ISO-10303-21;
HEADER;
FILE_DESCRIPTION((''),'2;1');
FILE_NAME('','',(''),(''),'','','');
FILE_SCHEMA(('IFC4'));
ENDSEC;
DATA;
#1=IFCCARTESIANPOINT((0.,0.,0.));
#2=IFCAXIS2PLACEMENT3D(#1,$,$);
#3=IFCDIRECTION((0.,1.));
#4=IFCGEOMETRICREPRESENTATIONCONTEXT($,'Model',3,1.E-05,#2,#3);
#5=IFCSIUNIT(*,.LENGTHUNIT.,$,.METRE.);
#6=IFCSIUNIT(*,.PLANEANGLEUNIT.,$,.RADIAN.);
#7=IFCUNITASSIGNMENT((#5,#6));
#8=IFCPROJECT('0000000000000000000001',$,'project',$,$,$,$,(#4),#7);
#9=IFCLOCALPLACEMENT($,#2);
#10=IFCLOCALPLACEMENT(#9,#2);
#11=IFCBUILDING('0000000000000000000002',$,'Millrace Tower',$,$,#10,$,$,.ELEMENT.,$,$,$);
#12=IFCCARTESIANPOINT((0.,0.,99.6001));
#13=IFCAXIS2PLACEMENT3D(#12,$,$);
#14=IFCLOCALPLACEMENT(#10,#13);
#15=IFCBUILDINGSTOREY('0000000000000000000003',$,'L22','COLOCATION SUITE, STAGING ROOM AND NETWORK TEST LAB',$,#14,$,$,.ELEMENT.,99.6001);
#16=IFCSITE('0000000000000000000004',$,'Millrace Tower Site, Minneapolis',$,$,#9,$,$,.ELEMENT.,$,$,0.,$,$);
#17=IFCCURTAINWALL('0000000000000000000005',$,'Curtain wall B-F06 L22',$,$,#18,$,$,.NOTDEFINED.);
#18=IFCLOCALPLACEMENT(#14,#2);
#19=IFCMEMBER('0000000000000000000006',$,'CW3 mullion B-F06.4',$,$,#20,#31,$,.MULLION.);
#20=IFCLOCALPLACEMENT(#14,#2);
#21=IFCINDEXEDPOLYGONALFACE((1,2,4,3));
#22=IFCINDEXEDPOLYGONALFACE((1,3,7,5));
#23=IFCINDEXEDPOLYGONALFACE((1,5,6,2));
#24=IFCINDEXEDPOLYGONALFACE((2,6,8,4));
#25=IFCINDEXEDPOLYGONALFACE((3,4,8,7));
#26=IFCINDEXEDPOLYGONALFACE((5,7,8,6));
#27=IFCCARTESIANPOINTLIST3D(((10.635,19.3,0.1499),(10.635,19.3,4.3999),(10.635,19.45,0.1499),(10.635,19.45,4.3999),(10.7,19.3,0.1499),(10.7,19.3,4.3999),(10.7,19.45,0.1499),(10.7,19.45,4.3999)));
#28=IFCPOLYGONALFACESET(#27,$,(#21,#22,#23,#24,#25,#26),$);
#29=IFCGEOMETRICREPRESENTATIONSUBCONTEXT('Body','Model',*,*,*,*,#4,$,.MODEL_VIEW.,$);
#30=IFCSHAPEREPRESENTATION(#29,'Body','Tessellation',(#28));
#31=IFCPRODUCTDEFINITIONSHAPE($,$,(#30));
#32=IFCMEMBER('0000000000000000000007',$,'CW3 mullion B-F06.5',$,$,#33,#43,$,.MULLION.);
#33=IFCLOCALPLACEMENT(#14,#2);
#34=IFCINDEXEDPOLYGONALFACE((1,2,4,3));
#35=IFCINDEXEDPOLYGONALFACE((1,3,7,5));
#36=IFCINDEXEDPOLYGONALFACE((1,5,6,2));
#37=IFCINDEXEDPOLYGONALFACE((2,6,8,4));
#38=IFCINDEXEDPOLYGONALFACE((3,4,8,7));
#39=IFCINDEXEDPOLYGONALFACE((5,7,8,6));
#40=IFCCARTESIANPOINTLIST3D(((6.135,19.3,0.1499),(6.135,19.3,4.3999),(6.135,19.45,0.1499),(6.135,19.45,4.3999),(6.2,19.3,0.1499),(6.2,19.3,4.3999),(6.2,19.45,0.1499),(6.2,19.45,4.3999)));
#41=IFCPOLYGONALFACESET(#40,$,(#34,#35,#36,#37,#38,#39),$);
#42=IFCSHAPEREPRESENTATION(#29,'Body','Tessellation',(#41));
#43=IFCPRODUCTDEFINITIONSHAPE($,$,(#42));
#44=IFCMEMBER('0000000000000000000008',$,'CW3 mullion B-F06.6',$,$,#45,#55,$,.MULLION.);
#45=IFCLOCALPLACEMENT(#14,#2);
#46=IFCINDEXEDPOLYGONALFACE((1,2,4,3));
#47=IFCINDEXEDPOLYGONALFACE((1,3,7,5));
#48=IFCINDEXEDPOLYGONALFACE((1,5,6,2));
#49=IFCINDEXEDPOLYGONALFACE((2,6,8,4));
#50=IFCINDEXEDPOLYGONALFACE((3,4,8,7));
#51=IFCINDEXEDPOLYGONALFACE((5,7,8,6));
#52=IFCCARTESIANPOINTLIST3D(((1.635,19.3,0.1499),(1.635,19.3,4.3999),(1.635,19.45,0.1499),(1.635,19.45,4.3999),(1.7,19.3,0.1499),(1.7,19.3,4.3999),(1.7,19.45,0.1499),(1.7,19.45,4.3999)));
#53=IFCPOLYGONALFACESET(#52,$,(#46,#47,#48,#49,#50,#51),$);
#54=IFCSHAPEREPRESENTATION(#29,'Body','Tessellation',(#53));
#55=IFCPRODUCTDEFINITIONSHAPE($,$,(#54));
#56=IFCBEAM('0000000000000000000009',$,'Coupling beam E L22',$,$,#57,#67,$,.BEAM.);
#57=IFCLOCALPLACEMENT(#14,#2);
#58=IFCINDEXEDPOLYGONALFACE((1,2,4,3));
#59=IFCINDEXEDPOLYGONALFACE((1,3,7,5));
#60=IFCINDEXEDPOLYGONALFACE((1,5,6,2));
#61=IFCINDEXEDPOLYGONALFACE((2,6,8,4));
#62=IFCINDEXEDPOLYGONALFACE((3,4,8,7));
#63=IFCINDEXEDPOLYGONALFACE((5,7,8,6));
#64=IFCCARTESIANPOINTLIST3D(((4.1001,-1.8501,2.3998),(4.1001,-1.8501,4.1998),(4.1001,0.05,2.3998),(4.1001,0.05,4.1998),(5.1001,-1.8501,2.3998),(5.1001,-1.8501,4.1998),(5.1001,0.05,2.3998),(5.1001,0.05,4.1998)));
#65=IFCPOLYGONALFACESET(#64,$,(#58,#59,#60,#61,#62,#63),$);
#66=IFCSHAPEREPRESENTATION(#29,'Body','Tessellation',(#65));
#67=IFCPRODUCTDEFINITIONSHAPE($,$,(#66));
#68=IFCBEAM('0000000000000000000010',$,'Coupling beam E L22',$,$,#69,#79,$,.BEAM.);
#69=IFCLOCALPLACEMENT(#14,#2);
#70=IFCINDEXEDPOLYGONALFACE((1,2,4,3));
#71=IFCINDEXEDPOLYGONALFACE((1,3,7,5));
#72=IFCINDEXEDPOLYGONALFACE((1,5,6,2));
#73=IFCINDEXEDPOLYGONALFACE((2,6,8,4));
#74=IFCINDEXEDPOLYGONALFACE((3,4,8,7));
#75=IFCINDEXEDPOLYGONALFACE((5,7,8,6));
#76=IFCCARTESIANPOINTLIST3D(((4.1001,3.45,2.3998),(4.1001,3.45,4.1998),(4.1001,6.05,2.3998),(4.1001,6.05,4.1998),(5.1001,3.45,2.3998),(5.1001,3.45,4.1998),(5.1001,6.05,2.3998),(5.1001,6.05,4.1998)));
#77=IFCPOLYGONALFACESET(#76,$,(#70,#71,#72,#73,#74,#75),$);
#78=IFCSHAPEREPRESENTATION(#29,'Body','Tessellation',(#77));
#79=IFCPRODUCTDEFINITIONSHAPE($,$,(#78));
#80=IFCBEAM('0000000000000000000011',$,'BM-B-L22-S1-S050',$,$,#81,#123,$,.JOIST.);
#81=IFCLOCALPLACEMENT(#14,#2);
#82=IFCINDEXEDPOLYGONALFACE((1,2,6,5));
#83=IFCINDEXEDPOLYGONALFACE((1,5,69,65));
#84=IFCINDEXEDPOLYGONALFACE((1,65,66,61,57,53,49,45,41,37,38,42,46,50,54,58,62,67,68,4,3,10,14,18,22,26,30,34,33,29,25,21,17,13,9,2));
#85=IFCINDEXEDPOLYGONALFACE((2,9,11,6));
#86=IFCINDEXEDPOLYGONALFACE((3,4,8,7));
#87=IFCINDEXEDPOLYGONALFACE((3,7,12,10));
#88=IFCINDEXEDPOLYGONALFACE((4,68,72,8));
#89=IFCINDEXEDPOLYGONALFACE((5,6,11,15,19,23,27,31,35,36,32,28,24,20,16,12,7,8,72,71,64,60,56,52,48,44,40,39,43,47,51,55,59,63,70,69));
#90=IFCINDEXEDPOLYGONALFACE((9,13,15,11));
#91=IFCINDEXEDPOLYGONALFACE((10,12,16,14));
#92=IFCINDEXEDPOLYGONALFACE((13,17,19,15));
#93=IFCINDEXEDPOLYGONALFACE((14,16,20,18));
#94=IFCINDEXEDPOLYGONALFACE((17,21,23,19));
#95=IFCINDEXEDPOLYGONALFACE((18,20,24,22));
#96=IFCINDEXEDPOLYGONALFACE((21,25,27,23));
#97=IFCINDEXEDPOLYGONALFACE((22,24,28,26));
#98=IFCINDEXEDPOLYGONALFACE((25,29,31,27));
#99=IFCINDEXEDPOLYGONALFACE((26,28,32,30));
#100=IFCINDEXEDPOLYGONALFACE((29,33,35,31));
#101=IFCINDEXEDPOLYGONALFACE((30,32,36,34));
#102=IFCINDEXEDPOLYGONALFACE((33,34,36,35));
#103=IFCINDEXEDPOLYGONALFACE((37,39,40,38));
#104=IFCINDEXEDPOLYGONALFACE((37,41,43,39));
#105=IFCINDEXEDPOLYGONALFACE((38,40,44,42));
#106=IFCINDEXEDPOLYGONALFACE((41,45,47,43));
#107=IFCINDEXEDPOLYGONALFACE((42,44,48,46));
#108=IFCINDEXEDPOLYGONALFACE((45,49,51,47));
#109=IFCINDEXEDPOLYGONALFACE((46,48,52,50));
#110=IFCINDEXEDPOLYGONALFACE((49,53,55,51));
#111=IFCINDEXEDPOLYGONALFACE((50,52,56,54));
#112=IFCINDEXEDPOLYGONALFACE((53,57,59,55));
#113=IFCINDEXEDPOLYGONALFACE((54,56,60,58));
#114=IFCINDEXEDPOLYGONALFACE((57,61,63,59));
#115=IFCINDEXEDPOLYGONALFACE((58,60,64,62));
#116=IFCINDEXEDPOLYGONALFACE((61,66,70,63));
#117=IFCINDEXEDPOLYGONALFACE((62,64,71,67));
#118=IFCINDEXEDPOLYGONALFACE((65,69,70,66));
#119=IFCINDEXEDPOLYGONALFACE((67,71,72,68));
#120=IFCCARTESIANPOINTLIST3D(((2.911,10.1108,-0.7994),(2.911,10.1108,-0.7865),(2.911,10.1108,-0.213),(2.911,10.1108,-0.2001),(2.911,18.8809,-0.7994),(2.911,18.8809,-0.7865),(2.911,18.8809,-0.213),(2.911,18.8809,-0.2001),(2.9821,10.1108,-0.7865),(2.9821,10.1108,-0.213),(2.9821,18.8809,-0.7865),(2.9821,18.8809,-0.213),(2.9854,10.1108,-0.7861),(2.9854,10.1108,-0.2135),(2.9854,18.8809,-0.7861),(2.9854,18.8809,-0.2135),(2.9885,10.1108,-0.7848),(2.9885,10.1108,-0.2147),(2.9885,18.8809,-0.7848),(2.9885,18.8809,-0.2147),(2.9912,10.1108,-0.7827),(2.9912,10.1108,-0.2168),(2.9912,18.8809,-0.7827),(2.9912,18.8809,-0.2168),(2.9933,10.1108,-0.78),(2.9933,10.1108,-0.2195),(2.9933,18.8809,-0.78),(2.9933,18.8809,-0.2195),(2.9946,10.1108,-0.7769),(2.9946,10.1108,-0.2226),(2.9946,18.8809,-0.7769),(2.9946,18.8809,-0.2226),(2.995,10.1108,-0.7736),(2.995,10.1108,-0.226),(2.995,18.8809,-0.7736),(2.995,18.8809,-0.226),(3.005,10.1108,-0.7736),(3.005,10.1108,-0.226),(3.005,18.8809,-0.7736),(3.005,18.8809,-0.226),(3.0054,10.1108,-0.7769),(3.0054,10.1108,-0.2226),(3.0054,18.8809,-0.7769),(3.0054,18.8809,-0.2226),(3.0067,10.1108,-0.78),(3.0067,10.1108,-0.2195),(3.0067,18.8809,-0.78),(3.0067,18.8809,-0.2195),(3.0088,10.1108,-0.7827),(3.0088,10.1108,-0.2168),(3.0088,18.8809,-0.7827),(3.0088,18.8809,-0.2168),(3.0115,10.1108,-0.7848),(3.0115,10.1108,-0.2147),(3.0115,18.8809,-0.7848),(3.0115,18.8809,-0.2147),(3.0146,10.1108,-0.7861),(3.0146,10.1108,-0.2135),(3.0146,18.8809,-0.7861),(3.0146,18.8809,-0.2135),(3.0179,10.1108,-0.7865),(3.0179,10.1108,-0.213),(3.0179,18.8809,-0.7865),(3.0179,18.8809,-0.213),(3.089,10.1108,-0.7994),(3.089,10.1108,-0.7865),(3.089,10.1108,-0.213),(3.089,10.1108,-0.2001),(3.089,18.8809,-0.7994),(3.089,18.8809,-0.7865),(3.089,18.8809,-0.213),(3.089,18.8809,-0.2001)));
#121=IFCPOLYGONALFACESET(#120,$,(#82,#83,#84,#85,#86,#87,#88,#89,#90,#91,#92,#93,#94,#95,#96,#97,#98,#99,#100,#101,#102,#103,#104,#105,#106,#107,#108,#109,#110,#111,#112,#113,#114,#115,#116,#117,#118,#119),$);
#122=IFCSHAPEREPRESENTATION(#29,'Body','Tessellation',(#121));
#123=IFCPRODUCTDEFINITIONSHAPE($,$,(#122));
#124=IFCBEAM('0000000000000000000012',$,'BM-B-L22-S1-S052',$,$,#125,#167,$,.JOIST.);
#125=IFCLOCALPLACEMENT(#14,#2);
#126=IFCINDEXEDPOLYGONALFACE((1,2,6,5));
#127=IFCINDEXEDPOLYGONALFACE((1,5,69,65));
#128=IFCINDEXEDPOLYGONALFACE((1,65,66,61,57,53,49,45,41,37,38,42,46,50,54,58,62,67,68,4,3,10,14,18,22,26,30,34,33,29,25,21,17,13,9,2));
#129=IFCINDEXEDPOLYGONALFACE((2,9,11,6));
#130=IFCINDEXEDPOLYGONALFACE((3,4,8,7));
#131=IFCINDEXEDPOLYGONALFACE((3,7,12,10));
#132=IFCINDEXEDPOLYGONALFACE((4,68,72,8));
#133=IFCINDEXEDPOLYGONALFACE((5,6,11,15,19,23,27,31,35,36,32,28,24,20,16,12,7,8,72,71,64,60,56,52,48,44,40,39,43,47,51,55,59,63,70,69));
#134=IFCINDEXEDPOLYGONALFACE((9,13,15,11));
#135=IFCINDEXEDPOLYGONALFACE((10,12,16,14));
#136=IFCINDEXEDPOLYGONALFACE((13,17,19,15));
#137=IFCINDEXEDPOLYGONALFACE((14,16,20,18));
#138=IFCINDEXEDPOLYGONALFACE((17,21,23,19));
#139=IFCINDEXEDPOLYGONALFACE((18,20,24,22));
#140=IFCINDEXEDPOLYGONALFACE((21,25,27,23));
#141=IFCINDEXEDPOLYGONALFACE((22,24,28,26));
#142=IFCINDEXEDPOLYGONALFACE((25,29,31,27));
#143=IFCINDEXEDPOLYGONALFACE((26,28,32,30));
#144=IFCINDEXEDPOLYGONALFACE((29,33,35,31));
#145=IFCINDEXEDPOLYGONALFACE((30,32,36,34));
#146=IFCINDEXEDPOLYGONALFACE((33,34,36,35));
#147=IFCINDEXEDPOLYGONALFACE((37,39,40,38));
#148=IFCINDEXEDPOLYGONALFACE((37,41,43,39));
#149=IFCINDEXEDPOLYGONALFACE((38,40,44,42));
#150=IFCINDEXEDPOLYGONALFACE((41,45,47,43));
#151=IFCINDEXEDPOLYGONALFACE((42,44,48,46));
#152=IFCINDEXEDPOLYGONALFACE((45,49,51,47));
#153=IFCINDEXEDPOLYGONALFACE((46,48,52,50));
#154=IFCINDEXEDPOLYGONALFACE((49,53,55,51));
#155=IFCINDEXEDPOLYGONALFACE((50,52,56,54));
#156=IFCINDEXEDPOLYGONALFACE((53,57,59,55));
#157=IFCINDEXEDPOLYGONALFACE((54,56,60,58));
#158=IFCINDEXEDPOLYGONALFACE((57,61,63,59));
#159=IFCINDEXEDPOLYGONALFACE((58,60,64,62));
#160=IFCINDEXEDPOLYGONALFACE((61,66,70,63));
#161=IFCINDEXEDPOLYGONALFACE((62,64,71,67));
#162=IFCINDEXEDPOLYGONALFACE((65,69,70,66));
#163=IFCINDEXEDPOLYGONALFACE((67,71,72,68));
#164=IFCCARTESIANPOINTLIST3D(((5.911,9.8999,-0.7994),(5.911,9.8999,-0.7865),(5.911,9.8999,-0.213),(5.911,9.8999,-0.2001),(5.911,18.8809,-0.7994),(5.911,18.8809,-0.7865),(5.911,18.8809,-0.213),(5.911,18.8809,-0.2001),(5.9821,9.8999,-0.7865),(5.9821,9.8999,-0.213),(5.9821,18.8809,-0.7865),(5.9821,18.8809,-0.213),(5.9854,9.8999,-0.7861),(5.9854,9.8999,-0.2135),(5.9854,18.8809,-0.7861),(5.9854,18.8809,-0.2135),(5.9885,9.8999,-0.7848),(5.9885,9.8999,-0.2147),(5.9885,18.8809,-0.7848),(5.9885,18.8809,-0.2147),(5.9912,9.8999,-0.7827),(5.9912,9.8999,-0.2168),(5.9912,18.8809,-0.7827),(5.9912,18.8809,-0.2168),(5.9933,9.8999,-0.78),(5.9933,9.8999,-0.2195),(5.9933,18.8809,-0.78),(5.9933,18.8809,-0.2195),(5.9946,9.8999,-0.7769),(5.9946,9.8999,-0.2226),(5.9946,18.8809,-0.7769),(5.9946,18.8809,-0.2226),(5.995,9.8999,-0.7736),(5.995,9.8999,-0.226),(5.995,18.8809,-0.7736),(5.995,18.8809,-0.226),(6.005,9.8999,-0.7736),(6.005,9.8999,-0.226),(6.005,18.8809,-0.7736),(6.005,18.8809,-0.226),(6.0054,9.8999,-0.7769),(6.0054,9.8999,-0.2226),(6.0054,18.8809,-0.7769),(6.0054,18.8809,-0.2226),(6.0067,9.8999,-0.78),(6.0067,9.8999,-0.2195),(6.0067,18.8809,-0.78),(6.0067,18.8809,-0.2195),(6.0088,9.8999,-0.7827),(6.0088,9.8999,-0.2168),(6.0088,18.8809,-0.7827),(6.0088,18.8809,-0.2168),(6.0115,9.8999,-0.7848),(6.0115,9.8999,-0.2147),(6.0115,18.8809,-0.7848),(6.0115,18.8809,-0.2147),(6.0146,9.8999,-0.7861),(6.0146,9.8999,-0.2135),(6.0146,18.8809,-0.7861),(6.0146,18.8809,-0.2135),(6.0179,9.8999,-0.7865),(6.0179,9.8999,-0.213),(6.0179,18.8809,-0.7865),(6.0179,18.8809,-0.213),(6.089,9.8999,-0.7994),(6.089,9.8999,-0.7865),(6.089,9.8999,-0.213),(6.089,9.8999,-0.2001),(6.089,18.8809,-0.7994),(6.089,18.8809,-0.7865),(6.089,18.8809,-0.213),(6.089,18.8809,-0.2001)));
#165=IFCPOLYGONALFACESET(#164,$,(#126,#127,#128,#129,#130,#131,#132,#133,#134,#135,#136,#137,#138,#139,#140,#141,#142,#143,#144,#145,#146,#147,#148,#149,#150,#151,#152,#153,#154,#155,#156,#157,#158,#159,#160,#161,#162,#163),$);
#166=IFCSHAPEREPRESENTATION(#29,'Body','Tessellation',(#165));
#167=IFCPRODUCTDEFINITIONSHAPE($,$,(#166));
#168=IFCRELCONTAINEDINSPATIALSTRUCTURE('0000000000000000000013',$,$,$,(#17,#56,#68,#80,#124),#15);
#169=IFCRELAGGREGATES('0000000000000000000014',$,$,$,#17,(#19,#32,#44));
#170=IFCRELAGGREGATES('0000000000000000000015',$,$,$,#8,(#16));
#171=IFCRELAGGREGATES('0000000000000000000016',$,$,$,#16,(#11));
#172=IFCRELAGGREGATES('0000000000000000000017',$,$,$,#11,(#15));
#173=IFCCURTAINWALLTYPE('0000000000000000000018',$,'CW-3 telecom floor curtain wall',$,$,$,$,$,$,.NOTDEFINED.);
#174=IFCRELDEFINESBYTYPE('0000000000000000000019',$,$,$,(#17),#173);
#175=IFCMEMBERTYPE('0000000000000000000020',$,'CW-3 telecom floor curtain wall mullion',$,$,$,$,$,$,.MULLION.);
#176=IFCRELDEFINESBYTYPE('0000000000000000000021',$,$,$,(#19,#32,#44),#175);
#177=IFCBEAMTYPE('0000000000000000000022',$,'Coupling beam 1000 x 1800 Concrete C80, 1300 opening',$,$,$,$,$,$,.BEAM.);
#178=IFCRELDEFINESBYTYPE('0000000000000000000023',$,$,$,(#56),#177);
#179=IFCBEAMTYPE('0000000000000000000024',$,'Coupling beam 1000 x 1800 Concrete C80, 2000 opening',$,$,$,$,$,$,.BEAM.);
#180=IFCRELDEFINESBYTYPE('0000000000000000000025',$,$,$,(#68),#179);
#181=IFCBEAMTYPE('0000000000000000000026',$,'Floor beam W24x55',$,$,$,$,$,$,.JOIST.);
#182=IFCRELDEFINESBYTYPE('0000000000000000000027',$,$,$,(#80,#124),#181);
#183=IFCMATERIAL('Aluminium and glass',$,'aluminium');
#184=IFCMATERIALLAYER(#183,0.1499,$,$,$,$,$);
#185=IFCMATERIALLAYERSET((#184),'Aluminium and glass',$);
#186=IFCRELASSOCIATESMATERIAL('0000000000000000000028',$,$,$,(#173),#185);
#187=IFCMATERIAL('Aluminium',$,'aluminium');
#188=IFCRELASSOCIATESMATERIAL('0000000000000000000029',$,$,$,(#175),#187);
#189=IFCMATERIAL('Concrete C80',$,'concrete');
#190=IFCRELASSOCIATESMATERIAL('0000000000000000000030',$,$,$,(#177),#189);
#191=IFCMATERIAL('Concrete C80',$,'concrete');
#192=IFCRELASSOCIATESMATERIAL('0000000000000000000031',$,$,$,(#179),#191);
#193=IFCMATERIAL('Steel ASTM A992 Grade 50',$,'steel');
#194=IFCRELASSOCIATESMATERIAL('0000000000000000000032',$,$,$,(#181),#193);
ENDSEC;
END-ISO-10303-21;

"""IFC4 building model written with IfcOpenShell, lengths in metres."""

from ifc_helpers import new_model, si_unit, direction, frame, origin, origin_2d, place, context, subcontext, project, spatial, rectangle, i_section, extrude, material, layer, layer_set, material_profile, profile_set, type_object, element, aggregate, save


model = new_model("IFC4")

# Units and contexts
model_context = context("Model", 3, precision=1e-05, world=origin(), true_north=direction((0.0, 1.0)))
body_context = subcontext(model_context, "Body", "Model", "MODEL_VIEW")
ifc_project = project(units=[si_unit("LENGTHUNIT", "METRE"), si_unit("PLANEANGLEUNIT", "RADIAN")], contexts=[model_context])

# Site, building, storey
site_placement = place(None, origin())
site = spatial("IfcSite", under=ifc_project, at=site_placement, Name="Millrace Tower Site, Minneapolis", CompositionType="ELEMENT", RefElevation=0.0)
building_placement = place(site_placement, origin())
building = spatial("IfcBuilding", under=site, at=building_placement, Name="Millrace Tower", CompositionType="ELEMENT")
storey_placement = place(building_placement, frame((0.0, 0.0, 99.6001)))
storey = spatial("IfcBuildingStorey", under=building, at=storey_placement, Name="L22", Description="COLOCATION SUITE, STAGING ROOM AND NETWORK TEST LAB", CompositionType="ELEMENT", Elevation=99.6001)

# Curtain wall, members
ifc_material_1 = material(Name="Aluminium and glass", Category="aluminium")
ifc_layer_1 = layer(ifc_material_1, 0.1499)
ifc_layer_set_1 = layer_set([ifc_layer_1], Name="Aluminium and glass")
curtain_wall_type = type_object("IfcCurtainWallType", Name="CW-3 telecom floor curtain wall", PredefinedType="NOTDEFINED", material=ifc_layer_set_1)
curtain_wall_placement = place(storey_placement, origin())
curtain_wall = element("IfcCurtainWall", 1, at=curtain_wall_placement, inside=storey, type_object=curtain_wall_type, Name="Curtain wall B-F06 L22", PredefinedType="NOTDEFINED")
ifc_material_2 = material(Name="Aluminium", Category="aluminium")
ifc_material_profile_1 = material_profile(ifc_material_2, rectangle(XDim=0.0649, YDim=0.1499, at=origin_2d()))
ifc_profile_set_1 = profile_set([ifc_material_profile_1], Name="Aluminium")
member_type = type_object("IfcMemberType", Name="CW-3 telecom floor curtain wall mullion", PredefinedType="MULLION", material=ifc_profile_set_1)
member_1_placement = place(storey_placement, frame((10.6675, 19.375, 0.1499), z_axis=(0.0, 0.0, 1.0), x_axis=(-1.0, 0.0, 0.0)))
member_1 = element("IfcMember", 2, at=member_1_placement, type_object=member_type, Name="CW3 mullion B-F06.4", PredefinedType="MULLION", context=body_context, shape_type="SweptSolid", body=[
    extrude(rectangle(XDim=0.0649, YDim=0.1499, at=origin_2d()), origin(), (0.0, 0.0, 1.0), 4.25),
])
member_2_placement = place(storey_placement, frame((6.1675, 19.375, 0.1499), z_axis=(0.0, 0.0, 1.0), x_axis=(-1.0, 0.0, 0.0)))
member_2 = element("IfcMember", 3, at=member_2_placement, type_object=member_type, Name="CW3 mullion B-F06.5", PredefinedType="MULLION", context=body_context, shape_type="SweptSolid", body=[
    extrude(rectangle(XDim=0.0649, YDim=0.1499, at=origin_2d()), origin(), (0.0, 0.0, 1.0), 4.25),
])
member_3_placement = place(storey_placement, frame((1.6675, 19.375, 0.1499), z_axis=(0.0, 0.0, 1.0), x_axis=(-1.0, 0.0, 0.0)))
member_3 = element("IfcMember", 4, at=member_3_placement, type_object=member_type, Name="CW3 mullion B-F06.6", PredefinedType="MULLION", context=body_context, shape_type="SweptSolid", body=[
    extrude(rectangle(XDim=0.0649, YDim=0.1499, at=origin_2d()), origin(), (0.0, 0.0, 1.0), 4.25),
])
aggregate(curtain_wall, [member_1, member_2, member_3])

# Beams
ifc_material_3 = material(Name="Concrete C80", Category="concrete")
ifc_material_profile_2 = material_profile(ifc_material_3, rectangle(XDim=1.0, YDim=1.8, at=origin_2d()))
ifc_profile_set_2 = profile_set([ifc_material_profile_2], Name="Concrete C80")
beam_type_1 = type_object("IfcBeamType", Name="Coupling beam 1000 x 1800 Concrete C80, 1300 opening", PredefinedType="BEAM", material=ifc_profile_set_2)
beam_1_placement = place(storey_placement, frame((4.6001, 0.05, 3.2998), z_axis=(0.0, -1.0, 0.0), x_axis=(1.0, 0.0, 0.0)))
element("IfcBeam", 5, at=beam_1_placement, inside=storey, type_object=beam_type_1, Name="Coupling beam E L22", PredefinedType="BEAM", context=body_context, shape_type="SweptSolid", body=[
    extrude(rectangle(XDim=1.0, YDim=1.8, at=origin_2d()), origin(), (0.0, 0.0, 1.0), 1.9001),
])
ifc_material_4 = material(Name="Concrete C80", Category="concrete")
ifc_material_profile_3 = material_profile(ifc_material_4, rectangle(XDim=1.0, YDim=1.8, at=origin_2d()))
ifc_profile_set_3 = profile_set([ifc_material_profile_3], Name="Concrete C80")
beam_type_2 = type_object("IfcBeamType", Name="Coupling beam 1000 x 1800 Concrete C80, 2000 opening", PredefinedType="BEAM", material=ifc_profile_set_3)
beam_2_placement = place(storey_placement, frame((4.6001, 6.05, 3.2998), z_axis=(0.0, -1.0, 0.0), x_axis=(1.0, 0.0, 0.0)))
element("IfcBeam", 6, at=beam_2_placement, inside=storey, type_object=beam_type_2, Name="Coupling beam E L22", PredefinedType="BEAM", context=body_context, shape_type="SweptSolid", body=[
    extrude(rectangle(XDim=1.0, YDim=1.8, at=origin_2d()), origin(), (0.0, 0.0, 1.0), 2.6001),
])
ifc_material_5 = material(Name="Steel ASTM A992 Grade 50", Category="steel")
ifc_material_profile_4 = material_profile(ifc_material_5, i_section(OverallWidth=0.178, OverallDepth=0.5994, WebThickness=0.01, FlangeThickness=0.0129, FilletRadius=0.0129, at=origin_2d()))
ifc_profile_set_4 = profile_set([ifc_material_profile_4], Name="Steel ASTM A992 Grade 50")
beam_type_3 = type_object("IfcBeamType", Name="Floor beam W24x55", PredefinedType="JOIST", material=ifc_profile_set_4)
beam_3_placement = place(storey_placement, frame((3.0, 10.1108, -0.4998), z_axis=(0.0, 1.0, 0.0), x_axis=(-1.0, 0.0, 0.0)))
element("IfcBeam", 7, at=beam_3_placement, inside=storey, type_object=beam_type_3, Name="BM-B-L22-S1-S050", PredefinedType="JOIST", context=body_context, shape_type="SweptSolid", body=[
    extrude(i_section(OverallWidth=0.178, OverallDepth=0.5994, WebThickness=0.01, FlangeThickness=0.0129, FilletRadius=0.0129, at=origin_2d()), origin(), (0.0, 0.0, 1.0), 8.77),
])
for number, where, z_axis, x_axis, name in (
    (8, (6.0, 9.8999, -0.4998), (0.0, 1.0, 0.0), (-1.0, 0.0, 0.0), "BM-B-L22-S1-S052"),
):
    element("IfcBeam", number, at=place(storey_placement, frame(where, z_axis=z_axis, x_axis=x_axis)), inside=storey, type_object=beam_type_3, Name=name, PredefinedType="JOIST", context=body_context, shape_type="SweptSolid", body=[
        extrude(i_section(OverallWidth=0.178, OverallDepth=0.5994, WebThickness=0.01, FlangeThickness=0.0129, FilletRadius=0.0129, at=origin_2d()), origin(), (0.0, 0.0, 1.0), 8.981),
    ])

save(model, "model.ifc")
